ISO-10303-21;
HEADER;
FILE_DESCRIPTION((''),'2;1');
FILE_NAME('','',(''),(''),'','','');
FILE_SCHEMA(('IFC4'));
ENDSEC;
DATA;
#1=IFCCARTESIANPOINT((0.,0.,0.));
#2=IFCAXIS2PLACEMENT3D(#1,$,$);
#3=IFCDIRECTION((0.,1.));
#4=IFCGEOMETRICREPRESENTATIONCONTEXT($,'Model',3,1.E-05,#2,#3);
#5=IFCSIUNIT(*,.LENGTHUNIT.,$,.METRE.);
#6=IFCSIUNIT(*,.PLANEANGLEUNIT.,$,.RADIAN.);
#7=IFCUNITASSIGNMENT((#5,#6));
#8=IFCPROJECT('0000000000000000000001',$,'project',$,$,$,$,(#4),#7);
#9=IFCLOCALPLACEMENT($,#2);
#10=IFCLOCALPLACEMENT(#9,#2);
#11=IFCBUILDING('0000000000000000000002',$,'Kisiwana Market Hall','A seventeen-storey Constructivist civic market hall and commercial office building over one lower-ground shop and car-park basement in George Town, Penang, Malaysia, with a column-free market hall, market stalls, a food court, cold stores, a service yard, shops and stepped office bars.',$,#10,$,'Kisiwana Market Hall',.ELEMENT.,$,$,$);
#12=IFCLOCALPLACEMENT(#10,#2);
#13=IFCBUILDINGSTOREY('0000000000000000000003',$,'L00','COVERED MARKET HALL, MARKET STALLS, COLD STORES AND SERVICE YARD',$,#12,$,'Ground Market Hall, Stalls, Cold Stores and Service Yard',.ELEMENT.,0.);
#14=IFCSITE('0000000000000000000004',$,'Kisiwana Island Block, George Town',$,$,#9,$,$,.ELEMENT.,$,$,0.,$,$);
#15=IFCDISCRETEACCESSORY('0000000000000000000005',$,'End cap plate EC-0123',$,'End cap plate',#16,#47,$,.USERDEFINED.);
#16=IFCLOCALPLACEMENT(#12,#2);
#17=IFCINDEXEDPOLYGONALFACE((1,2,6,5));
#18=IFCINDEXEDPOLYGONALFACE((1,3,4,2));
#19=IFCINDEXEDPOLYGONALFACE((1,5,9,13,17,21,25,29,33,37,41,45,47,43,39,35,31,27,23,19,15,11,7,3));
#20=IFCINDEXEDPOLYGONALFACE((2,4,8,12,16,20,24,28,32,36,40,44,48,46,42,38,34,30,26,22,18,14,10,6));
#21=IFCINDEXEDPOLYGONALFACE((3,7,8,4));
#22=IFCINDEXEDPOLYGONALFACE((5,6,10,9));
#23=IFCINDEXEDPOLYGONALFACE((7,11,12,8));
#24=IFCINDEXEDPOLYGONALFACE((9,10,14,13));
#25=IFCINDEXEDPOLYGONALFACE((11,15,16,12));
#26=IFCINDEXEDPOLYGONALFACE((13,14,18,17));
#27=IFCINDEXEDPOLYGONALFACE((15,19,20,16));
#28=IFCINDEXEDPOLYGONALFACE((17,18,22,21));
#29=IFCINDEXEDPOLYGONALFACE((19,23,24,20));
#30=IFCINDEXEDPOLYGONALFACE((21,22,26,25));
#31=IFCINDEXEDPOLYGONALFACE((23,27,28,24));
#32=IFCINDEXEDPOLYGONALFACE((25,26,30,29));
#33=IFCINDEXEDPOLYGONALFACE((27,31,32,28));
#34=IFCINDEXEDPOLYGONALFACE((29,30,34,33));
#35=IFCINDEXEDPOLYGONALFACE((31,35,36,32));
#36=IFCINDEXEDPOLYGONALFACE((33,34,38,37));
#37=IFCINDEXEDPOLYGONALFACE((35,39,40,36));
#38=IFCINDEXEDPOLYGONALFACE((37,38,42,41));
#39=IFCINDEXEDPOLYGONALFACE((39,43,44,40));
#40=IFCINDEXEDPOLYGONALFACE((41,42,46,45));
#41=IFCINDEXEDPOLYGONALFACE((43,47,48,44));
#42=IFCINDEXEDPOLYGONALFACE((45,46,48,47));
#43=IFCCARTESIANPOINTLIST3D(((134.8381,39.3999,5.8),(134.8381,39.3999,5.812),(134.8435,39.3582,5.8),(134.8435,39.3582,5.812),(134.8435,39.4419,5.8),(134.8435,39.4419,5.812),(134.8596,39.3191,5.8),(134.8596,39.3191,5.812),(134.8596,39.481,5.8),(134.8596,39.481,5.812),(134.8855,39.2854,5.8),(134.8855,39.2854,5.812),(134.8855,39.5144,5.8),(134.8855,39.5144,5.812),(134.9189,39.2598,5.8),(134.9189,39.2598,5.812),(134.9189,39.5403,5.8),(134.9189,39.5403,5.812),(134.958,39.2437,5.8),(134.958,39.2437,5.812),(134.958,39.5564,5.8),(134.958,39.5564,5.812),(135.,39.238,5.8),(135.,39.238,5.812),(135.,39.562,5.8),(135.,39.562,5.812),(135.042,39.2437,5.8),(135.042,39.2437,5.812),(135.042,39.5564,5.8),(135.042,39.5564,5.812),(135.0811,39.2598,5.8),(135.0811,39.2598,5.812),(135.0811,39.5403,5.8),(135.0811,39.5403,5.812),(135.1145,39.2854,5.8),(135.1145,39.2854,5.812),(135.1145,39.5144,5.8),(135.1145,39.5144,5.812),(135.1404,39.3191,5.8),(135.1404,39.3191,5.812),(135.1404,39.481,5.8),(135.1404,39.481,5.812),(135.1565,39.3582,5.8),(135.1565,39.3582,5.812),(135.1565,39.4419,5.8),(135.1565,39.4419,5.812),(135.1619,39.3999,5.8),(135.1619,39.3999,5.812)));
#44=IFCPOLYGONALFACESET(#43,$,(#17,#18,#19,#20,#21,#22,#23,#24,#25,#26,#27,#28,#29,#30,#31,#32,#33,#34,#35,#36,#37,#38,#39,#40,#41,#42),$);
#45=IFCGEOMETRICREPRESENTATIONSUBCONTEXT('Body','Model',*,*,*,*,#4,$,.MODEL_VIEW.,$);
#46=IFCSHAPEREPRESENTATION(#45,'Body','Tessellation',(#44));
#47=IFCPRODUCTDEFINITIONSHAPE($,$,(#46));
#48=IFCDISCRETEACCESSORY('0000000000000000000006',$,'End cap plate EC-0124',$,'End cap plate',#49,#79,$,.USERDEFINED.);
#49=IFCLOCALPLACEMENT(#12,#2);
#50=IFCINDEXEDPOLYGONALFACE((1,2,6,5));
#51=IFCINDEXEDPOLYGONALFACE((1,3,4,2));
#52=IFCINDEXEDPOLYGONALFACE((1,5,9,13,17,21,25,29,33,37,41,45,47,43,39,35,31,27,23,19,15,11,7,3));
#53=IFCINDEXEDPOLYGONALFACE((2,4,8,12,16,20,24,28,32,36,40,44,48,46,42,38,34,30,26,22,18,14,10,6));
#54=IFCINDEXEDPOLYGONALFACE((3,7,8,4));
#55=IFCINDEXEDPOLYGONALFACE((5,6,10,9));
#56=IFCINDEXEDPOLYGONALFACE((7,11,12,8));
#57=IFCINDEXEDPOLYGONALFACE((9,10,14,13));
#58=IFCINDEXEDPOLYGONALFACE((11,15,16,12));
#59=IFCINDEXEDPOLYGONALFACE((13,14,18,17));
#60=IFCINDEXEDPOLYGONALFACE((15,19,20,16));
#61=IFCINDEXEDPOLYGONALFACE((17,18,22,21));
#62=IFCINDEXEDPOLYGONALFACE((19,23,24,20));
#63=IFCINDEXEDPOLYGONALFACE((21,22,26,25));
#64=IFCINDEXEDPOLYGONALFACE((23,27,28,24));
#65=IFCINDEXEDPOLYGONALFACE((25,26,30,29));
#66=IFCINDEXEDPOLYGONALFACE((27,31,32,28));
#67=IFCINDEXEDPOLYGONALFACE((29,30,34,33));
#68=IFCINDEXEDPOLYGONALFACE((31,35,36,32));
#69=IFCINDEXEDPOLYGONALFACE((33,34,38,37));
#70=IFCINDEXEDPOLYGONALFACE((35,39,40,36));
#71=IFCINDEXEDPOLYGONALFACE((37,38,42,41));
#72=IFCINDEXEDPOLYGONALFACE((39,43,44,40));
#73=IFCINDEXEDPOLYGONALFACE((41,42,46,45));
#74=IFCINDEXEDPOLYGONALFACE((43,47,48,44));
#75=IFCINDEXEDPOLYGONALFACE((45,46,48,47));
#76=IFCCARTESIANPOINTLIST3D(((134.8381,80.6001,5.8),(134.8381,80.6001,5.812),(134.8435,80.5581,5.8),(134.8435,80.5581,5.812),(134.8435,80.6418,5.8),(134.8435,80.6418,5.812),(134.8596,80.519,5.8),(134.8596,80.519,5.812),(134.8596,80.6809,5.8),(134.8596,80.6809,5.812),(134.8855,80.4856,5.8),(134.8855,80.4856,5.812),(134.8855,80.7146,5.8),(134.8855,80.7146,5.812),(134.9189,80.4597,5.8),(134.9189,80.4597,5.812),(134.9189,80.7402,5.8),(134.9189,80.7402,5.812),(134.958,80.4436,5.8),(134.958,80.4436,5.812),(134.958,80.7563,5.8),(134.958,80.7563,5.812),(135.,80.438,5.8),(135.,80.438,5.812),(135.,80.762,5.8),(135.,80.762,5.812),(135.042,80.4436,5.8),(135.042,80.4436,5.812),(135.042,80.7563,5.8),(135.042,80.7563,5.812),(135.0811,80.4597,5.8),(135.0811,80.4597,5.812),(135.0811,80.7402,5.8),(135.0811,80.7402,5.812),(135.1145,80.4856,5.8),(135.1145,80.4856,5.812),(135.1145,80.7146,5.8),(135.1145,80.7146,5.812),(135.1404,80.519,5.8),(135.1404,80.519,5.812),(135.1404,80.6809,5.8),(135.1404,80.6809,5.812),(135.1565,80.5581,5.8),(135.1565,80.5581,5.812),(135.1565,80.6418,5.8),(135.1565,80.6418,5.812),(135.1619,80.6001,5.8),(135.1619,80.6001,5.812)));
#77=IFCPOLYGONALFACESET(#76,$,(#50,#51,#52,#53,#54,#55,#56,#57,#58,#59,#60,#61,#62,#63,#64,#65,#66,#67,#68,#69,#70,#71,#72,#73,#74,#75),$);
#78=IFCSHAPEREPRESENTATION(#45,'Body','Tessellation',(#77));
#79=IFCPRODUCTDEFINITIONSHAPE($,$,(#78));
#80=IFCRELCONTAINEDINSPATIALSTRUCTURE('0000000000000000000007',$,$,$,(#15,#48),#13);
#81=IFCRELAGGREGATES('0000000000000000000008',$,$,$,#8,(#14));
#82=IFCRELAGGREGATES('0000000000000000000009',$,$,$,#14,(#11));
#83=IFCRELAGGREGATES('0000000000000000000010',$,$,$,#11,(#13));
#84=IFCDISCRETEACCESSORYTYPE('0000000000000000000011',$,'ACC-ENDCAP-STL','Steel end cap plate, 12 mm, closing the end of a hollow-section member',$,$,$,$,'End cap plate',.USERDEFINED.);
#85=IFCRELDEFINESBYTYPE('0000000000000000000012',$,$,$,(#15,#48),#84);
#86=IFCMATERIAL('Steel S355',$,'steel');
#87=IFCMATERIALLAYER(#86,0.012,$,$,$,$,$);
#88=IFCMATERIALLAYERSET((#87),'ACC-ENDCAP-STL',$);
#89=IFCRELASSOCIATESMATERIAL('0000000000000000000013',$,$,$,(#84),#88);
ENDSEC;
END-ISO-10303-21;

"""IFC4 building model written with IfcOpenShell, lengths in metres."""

from ifc_helpers import new_model, si_unit, direction, frame, origin, place, context, subcontext, project, spatial, polyline, outline, extrude, material, layer, layer_set, type_object, element, save


model = new_model("IFC4")

# Units and contexts
model_context = context("Model", 3, precision=1e-05, world=origin(), true_north=direction((0.0, 1.0)))
body_context = subcontext(model_context, "Body", "Model", "MODEL_VIEW")
ifc_project = project(units=[si_unit("LENGTHUNIT", "METRE"), si_unit("PLANEANGLEUNIT", "RADIAN")], contexts=[model_context])

# Site, building, storey
site_placement = place(None, origin())
site = spatial("IfcSite", under=ifc_project, at=site_placement, Name="Kisiwana Island Block, George Town", CompositionType="ELEMENT", RefElevation=0.0)
building_placement = place(site_placement, origin())
building = spatial("IfcBuilding", under=site, at=building_placement, Name="Kisiwana Market Hall", Description="A seventeen-storey Constructivist civic market hall and commercial office building over one lower-ground shop and car-park basement in George Town, Penang, Malaysia, with a column-free market hall, market stalls, a food court, cold stores, a service yard, shops and stepped office bars.", LongName="Kisiwana Market Hall", CompositionType="ELEMENT")
storey_placement = place(building_placement, origin())
storey = spatial("IfcBuildingStorey", under=building, at=storey_placement, Name="L00", Description="COVERED MARKET HALL, MARKET STALLS, COLD STORES AND SERVICE YARD", LongName="Ground Market Hall, Stalls, Cold Stores and Service Yard", CompositionType="ELEMENT", Elevation=0.0)

# Discrete accessories
ifc_material_1 = material(Name="Steel S355", Category="steel")
ifc_layer_1 = layer(ifc_material_1, 0.012)
ifc_layer_set_1 = layer_set([ifc_layer_1], Name="ACC-ENDCAP-STL")
discrete_accessory_type = type_object("IfcDiscreteAccessoryType", Name="ACC-ENDCAP-STL", Description="Steel end cap plate, 12 mm, closing the end of a hollow-section member", ElementType="End cap plate", PredefinedType="USERDEFINED", material=ifc_layer_set_1)
discrete_accessory_1_placement = place(storey_placement, frame((0.0, 0.0, 5.8)))
element("IfcDiscreteAccessory", 1, at=discrete_accessory_1_placement, inside=storey, type_object=discrete_accessory_type, Name="End cap plate EC-0123", ObjectType="End cap plate", PredefinedType="USERDEFINED", context=body_context, shape_type="SweptSolid", body=[
    extrude(outline(polyline([(135.1619, 39.3999), (135.1565, 39.4419), (135.1404, 39.481), (135.1145, 39.5144), (135.0811, 39.5403), (135.042, 39.5564), (135.0, 39.562), (134.958, 39.5564), (134.9189, 39.5403), (134.8855, 39.5144), (134.8596, 39.481), (134.8435, 39.4419), (134.8381, 39.3999), (134.8435, 39.3582), (134.8596, 39.3191), (134.8855, 39.2854), (134.9189, 39.2598), (134.958, 39.2437), (135.0, 39.238), (135.042, 39.2437), (135.0811, 39.2598), (135.1145, 39.2854), (135.1404, 39.3191), (135.1565, 39.3582), (135.1619, 39.3999)])), origin(), (0.0, 0.0, 1.0), 0.012),
])
discrete_accessory_2_placement = place(storey_placement, frame((0.0, 0.0, 5.8)))
element("IfcDiscreteAccessory", 2, at=discrete_accessory_2_placement, inside=storey, type_object=discrete_accessory_type, Name="End cap plate EC-0124", ObjectType="End cap plate", PredefinedType="USERDEFINED", context=body_context, shape_type="SweptSolid", body=[
    extrude(outline(polyline([(135.1619, 80.6001), (135.1565, 80.6418), (135.1404, 80.6809), (135.1145, 80.7146), (135.0811, 80.7402), (135.042, 80.7563), (135.0, 80.762), (134.958, 80.7563), (134.9189, 80.7402), (134.8855, 80.7146), (134.8596, 80.6809), (134.8435, 80.6418), (134.8381, 80.6001), (134.8435, 80.5581), (134.8596, 80.519), (134.8855, 80.4856), (134.9189, 80.4597), (134.958, 80.4436), (135.0, 80.438), (135.042, 80.4436), (135.0811, 80.4597), (135.1145, 80.4856), (135.1404, 80.519), (135.1565, 80.5581), (135.1619, 80.6001)])), origin(), (0.0, 0.0, 1.0), 0.012),
])

save(model, "model.ifc")
